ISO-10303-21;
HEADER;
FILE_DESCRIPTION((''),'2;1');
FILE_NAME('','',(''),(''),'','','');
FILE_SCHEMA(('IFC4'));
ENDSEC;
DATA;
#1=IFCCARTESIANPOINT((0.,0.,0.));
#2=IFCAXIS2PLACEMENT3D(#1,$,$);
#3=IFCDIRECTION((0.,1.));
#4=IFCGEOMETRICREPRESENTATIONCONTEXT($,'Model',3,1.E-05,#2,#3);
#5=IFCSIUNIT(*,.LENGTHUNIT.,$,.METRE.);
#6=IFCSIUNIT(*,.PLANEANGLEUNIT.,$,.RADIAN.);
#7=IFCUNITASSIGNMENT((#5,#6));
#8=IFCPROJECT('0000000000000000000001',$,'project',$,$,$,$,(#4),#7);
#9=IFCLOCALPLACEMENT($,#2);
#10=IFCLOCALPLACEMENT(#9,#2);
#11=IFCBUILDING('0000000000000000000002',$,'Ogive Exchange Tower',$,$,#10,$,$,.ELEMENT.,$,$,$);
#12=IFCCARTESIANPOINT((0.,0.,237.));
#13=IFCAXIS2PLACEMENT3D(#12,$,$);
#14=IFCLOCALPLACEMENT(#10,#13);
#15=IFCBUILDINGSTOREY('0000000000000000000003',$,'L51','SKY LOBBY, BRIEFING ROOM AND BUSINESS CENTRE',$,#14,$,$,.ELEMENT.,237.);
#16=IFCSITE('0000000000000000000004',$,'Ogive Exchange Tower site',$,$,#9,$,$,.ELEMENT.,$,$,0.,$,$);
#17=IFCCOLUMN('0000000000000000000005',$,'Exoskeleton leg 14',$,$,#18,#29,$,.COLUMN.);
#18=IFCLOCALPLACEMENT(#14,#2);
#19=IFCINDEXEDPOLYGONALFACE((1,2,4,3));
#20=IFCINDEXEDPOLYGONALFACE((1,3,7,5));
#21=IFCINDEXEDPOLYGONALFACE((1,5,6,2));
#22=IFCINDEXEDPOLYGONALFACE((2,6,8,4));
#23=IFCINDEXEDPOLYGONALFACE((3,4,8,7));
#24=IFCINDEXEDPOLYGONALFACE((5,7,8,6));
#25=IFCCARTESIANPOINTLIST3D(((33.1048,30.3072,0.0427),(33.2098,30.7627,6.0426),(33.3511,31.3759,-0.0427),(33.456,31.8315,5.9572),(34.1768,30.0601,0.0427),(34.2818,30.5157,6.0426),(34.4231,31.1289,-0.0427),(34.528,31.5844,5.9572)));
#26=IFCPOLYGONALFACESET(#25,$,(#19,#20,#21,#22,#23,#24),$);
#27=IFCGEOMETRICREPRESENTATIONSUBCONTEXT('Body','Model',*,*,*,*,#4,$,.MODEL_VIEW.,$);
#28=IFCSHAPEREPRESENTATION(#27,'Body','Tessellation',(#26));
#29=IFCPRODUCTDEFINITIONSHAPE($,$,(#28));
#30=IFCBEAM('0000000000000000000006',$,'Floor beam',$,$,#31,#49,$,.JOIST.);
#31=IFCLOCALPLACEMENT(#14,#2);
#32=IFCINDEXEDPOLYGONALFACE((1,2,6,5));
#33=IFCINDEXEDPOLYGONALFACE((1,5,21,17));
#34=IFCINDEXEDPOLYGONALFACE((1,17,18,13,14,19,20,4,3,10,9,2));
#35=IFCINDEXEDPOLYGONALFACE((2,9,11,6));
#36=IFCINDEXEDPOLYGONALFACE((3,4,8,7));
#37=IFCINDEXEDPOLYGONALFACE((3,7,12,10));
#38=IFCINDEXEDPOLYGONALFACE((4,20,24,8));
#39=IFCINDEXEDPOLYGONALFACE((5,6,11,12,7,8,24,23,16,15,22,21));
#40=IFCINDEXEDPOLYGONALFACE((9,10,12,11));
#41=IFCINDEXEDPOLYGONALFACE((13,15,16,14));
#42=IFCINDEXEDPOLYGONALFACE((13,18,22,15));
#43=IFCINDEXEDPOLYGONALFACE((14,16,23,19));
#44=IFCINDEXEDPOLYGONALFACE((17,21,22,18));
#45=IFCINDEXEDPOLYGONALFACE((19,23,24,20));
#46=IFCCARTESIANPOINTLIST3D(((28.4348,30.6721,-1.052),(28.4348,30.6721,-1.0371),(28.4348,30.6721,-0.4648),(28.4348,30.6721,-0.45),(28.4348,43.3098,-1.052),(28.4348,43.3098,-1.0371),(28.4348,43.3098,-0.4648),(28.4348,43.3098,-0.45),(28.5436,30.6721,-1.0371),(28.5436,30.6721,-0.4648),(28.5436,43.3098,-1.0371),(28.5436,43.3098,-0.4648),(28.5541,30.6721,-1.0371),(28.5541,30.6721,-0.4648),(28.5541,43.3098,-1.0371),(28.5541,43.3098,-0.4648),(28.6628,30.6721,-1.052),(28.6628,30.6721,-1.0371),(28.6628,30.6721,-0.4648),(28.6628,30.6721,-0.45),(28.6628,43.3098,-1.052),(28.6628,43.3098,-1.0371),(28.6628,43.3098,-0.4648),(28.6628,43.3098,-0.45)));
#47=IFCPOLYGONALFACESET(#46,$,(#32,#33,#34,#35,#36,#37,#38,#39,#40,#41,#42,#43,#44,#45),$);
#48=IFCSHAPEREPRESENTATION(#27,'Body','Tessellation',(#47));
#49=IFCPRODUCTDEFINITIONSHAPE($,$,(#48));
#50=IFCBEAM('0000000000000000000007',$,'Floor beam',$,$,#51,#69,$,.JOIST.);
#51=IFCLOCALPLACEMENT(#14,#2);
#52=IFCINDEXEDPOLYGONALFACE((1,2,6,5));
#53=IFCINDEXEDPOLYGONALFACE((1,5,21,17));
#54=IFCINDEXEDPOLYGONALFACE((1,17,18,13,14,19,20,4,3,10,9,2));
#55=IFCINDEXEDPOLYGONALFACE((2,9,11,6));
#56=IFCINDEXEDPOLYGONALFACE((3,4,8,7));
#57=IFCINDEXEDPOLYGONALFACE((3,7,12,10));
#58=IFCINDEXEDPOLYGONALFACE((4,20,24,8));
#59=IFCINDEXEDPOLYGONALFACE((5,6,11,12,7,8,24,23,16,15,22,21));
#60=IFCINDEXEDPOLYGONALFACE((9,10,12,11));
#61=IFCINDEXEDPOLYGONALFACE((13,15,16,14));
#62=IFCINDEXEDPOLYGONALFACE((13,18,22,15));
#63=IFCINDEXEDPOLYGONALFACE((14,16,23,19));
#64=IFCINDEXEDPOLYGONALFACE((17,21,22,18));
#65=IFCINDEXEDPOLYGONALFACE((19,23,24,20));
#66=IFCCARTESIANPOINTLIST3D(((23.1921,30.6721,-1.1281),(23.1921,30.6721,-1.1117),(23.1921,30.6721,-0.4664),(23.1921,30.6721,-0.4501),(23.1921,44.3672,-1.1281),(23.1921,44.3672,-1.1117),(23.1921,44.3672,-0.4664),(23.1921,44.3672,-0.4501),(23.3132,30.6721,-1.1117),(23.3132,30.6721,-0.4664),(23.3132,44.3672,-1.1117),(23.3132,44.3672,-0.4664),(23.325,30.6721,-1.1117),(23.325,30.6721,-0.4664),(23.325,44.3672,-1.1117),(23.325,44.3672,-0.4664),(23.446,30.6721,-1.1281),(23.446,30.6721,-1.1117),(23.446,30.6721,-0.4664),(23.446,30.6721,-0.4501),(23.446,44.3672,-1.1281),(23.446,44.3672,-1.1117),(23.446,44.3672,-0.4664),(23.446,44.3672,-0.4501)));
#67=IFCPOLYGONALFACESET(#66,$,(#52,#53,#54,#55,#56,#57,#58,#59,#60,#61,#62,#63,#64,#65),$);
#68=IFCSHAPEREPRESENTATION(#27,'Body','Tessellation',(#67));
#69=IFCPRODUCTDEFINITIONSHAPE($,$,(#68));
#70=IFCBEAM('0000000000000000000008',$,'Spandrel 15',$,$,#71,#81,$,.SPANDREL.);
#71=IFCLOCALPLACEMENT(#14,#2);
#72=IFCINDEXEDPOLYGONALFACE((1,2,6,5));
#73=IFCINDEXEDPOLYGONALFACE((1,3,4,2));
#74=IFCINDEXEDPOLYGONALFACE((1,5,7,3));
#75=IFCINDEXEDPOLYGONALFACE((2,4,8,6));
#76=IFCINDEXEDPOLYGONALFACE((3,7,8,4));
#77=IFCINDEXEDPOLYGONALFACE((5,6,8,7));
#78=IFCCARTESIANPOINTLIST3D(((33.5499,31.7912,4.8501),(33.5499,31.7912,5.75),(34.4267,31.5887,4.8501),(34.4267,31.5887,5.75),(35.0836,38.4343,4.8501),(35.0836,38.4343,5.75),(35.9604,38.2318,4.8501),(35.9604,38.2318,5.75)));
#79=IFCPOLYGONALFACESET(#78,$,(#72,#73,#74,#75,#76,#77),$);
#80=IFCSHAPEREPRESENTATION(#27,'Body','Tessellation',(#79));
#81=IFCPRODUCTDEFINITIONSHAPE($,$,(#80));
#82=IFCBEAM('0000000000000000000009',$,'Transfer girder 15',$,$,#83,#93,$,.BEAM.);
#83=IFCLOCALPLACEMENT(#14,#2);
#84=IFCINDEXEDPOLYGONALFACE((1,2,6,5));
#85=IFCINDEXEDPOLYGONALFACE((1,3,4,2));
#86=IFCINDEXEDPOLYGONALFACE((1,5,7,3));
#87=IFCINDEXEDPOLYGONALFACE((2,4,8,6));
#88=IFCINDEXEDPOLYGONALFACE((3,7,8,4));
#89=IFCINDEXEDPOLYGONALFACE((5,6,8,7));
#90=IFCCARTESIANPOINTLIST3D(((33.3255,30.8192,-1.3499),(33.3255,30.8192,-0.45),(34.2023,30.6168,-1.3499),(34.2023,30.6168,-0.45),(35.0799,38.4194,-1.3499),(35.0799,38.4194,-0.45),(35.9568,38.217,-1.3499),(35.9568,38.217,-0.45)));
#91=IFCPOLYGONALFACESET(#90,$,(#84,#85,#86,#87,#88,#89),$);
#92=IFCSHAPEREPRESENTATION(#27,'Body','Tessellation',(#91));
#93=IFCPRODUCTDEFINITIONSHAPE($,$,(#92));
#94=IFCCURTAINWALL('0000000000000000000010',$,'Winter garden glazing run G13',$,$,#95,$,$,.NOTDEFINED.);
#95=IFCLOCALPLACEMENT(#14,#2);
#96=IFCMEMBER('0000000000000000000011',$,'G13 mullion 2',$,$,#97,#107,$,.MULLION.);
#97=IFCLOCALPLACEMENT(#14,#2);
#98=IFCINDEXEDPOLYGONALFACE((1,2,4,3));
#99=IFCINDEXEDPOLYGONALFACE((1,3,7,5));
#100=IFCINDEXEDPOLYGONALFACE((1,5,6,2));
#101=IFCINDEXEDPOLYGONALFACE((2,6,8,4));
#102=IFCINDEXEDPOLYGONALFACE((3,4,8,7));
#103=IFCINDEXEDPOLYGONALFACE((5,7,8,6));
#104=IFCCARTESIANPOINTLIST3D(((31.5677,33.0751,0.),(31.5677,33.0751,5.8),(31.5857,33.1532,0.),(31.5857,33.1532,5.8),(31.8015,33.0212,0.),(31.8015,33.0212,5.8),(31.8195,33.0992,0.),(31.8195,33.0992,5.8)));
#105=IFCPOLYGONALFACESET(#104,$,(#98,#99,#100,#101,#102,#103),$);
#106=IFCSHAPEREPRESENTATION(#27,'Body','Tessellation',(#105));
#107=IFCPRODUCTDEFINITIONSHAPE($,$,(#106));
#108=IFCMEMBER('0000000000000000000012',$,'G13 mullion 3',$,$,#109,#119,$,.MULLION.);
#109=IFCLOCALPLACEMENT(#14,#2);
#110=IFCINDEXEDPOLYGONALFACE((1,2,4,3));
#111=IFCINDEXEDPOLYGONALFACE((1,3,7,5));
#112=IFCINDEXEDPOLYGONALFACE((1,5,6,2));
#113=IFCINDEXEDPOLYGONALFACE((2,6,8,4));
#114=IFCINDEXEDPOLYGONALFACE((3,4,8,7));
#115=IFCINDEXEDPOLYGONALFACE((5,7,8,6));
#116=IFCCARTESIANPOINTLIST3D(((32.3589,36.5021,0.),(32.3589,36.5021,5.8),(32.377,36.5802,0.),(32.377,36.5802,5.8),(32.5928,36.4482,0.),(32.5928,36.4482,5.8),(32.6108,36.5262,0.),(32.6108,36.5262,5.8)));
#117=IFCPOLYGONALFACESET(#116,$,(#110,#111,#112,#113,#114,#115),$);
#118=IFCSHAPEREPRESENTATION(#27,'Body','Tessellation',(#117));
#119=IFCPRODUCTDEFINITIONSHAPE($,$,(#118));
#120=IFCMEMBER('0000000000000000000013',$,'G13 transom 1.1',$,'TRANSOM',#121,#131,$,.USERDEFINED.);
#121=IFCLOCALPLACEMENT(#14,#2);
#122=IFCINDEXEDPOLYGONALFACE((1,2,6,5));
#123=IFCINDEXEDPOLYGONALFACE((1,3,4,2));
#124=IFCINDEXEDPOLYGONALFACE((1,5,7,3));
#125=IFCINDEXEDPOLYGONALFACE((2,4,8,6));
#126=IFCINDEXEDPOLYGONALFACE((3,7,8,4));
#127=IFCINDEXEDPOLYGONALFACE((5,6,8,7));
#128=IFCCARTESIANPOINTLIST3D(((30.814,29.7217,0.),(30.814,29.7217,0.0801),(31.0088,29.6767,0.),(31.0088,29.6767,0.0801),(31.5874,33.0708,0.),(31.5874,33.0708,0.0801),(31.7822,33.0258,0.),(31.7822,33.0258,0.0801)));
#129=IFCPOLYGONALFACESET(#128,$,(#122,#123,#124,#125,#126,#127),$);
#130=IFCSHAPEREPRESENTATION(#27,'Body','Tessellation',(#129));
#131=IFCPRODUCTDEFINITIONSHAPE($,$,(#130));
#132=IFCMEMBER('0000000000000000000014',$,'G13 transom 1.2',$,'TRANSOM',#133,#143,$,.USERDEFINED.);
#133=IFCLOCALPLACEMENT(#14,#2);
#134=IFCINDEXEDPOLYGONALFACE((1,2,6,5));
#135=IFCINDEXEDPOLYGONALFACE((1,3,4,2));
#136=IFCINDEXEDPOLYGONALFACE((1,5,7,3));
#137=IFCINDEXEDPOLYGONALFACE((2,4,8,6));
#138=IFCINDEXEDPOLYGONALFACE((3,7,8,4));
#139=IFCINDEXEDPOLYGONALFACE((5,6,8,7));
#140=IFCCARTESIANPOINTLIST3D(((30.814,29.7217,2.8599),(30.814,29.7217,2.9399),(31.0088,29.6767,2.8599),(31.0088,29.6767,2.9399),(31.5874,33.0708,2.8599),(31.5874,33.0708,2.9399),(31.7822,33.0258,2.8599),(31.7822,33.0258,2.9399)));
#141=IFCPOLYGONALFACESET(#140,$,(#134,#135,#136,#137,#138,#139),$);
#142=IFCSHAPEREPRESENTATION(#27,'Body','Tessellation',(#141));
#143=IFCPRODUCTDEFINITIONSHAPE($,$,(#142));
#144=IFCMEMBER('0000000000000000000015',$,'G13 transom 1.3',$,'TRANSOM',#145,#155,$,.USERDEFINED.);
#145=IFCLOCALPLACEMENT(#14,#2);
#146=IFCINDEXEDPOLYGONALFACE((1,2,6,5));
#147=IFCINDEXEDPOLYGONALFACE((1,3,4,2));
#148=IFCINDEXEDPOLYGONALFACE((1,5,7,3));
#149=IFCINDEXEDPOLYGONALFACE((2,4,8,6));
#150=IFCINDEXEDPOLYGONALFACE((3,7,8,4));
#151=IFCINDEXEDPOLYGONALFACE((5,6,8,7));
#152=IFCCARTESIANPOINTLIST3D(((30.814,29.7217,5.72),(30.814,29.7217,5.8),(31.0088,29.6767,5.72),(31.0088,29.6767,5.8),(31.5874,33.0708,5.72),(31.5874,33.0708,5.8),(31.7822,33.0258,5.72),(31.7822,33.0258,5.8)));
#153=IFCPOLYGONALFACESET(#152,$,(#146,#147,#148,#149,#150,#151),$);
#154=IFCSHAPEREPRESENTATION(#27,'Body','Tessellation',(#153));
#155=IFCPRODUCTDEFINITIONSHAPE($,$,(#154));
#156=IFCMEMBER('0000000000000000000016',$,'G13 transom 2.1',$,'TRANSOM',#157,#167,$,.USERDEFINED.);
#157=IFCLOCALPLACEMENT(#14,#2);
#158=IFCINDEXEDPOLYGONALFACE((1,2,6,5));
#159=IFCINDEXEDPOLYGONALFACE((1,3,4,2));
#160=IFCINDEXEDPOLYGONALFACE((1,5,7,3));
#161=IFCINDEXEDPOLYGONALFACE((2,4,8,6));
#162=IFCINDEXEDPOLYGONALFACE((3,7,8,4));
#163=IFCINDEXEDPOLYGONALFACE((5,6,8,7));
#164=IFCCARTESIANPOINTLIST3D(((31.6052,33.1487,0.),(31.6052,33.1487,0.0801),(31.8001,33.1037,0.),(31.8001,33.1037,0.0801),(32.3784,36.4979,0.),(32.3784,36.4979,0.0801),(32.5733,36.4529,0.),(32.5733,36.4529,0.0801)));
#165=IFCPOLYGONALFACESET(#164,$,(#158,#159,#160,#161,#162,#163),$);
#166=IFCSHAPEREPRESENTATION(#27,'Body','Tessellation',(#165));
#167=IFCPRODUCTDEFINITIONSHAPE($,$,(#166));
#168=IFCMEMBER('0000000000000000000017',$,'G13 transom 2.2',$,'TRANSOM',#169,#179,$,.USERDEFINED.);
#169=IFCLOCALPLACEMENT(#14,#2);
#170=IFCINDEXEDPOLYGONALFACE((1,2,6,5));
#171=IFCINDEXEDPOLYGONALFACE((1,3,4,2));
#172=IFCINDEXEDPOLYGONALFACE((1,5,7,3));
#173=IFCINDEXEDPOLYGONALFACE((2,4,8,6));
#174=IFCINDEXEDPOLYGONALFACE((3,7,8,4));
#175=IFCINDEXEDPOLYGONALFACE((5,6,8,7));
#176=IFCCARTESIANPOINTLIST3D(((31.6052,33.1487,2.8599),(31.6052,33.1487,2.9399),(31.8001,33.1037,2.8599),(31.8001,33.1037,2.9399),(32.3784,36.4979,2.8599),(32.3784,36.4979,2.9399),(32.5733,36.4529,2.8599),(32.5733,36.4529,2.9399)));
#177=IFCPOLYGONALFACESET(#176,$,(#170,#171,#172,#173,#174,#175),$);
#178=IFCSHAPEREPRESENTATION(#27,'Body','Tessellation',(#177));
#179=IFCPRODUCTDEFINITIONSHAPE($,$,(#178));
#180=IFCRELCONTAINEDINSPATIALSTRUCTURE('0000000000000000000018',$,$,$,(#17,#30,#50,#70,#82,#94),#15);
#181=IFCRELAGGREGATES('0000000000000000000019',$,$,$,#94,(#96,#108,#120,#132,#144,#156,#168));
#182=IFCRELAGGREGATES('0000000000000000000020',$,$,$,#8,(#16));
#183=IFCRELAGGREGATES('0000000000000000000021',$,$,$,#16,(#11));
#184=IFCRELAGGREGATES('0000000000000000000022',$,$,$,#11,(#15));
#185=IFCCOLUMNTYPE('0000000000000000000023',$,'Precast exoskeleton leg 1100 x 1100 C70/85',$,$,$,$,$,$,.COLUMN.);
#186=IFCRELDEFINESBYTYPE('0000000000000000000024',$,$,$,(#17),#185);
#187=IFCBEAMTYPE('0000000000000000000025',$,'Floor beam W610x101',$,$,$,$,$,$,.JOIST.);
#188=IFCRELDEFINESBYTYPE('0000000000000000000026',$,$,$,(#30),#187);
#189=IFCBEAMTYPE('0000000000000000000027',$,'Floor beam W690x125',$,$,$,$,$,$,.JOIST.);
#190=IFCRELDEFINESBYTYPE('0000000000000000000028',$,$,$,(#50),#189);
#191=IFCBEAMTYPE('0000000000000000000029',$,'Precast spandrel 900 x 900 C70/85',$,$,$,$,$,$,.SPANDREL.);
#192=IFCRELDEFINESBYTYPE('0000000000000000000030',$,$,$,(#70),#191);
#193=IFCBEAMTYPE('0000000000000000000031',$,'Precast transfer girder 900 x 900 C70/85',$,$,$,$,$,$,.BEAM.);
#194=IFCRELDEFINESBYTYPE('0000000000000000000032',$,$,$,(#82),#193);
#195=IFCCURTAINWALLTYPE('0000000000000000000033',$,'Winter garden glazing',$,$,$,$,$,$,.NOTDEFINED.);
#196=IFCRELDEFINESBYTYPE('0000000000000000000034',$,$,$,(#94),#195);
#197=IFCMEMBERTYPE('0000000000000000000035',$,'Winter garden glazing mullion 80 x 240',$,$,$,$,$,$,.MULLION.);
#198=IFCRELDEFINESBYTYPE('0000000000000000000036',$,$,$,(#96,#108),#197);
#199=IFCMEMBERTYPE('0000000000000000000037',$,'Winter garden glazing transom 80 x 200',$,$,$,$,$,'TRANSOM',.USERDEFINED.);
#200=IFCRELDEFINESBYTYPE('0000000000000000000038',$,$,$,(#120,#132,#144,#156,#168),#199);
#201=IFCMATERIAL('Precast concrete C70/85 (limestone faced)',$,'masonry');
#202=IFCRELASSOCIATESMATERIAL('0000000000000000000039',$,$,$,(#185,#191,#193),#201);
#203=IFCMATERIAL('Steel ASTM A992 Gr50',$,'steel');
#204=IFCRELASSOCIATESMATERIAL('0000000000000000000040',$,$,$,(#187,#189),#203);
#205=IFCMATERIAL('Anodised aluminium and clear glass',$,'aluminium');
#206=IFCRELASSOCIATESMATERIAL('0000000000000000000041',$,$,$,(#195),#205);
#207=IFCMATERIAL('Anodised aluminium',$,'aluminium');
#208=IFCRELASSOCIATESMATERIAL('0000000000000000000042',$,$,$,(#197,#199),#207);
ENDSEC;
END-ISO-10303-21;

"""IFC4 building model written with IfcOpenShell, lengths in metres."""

from ifc_helpers import new_model, si_unit, direction, frame, origin, origin_2d, place, context, subcontext, project, spatial, rectangle, i_section, extrude, material, material_profile, profile_set, type_object, element, aggregate, save


model = new_model("IFC4")

# Units and contexts
model_context = context("Model", 3, precision=1e-05, world=origin(), true_north=direction((0.0, 1.0)))
body_context = subcontext(model_context, "Body", "Model", "MODEL_VIEW")
ifc_project = project(units=[si_unit("LENGTHUNIT", "METRE"), si_unit("PLANEANGLEUNIT", "RADIAN")], contexts=[model_context])

# Site, building, storey
site_placement = place(None, origin())
site = spatial("IfcSite", under=ifc_project, at=site_placement, Name="Ogive Exchange Tower site", CompositionType="ELEMENT", RefElevation=0.0)
building_placement = place(site_placement, origin())
building = spatial("IfcBuilding", under=site, at=building_placement, Name="Ogive Exchange Tower", CompositionType="ELEMENT")
storey_placement = place(building_placement, frame((0.0, 0.0, 237.0)))
storey = spatial("IfcBuildingStorey", under=building, at=storey_placement, Name="L51", Description="SKY LOBBY, BRIEFING ROOM AND BUSINESS CENTRE", CompositionType="ELEMENT", Elevation=237.0)

# Column
ifc_material_1 = material(Name="Precast concrete C70/85 (limestone faced)", Category="masonry")
ifc_material_profile_1 = material_profile(ifc_material_1, rectangle(XDim=1.1001, YDim=1.1001, at=origin_2d()), Name="1100 x 1100")
ifc_profile_set_1 = profile_set([ifc_material_profile_1], Name="Precast concrete C70/85 (limestone faced)")
column_type = type_object("IfcColumnType", Name="Precast exoskeleton leg 1100 x 1100 C70/85", PredefinedType="COLUMN", material=ifc_profile_set_1)
column_placement = place(storey_placement, frame((33.7639, 30.718, 0.0), z_axis=(0.017444, 0.075698, 0.996978), x_axis=(-0.974462, 0.224554, 0.0)))
element("IfcColumn", 1, at=column_placement, inside=storey, type_object=column_type, Name="Exoskeleton leg 14", PredefinedType="COLUMN", context=body_context, shape_type="SweptSolid", body=[
    extrude(rectangle(XDim=1.1001, YDim=1.1001, at=origin_2d()), origin(), (0.0, 0.0, 1.0), 6.0181),
])

# Beams
ifc_material_2 = material(Name="Steel ASTM A992 Gr50", Category="steel")
ifc_material_profile_2 = material_profile(ifc_material_2, i_section(OverallWidth=0.228, OverallDepth=0.6021, WebThickness=0.0105, FlangeThickness=0.0149, at=origin_2d()), Name="W610x101")
ifc_profile_set_2 = profile_set([ifc_material_profile_2], Name="Steel ASTM A992 Gr50")
beam_type_1 = type_object("IfcBeamType", Name="Floor beam W610x101", PredefinedType="JOIST", material=ifc_profile_set_2)
beam_1_placement = place(storey_placement, frame((28.5488, 30.6721, -0.751), z_axis=(0.0, 1.0, 0.0), x_axis=(-1.0, 0.0, 0.0)))
element("IfcBeam", 2, at=beam_1_placement, inside=storey, type_object=beam_type_1, Name="Floor beam", PredefinedType="JOIST", context=body_context, shape_type="SweptSolid", body=[
    extrude(i_section(OverallWidth=0.228, OverallDepth=0.6021, WebThickness=0.0105, FlangeThickness=0.0149, at=origin_2d()), origin(), (0.0, 0.0, 1.0), 12.6377),
])
ifc_material_profile_3 = material_profile(ifc_material_2, i_section(OverallWidth=0.2539, OverallDepth=0.678, WebThickness=0.0117, FlangeThickness=0.0164, at=origin_2d()), Name="W690x125")
ifc_profile_set_3 = profile_set([ifc_material_profile_3], Name="Steel ASTM A992 Gr50")
beam_type_2 = type_object("IfcBeamType", Name="Floor beam W690x125", PredefinedType="JOIST", material=ifc_profile_set_3)
beam_2_placement = place(storey_placement, frame((23.3191, 30.6721, -0.7891), z_axis=(0.0, 1.0, 0.0), x_axis=(-1.0, 0.0, 0.0)))
element("IfcBeam", 3, at=beam_2_placement, inside=storey, type_object=beam_type_2, Name="Floor beam", PredefinedType="JOIST", context=body_context, shape_type="SweptSolid", body=[
    extrude(i_section(OverallWidth=0.2539, OverallDepth=0.678, WebThickness=0.0117, FlangeThickness=0.0164, at=origin_2d()), origin(), (0.0, 0.0, 1.0), 13.6951),
])
ifc_material_profile_4 = material_profile(ifc_material_1, rectangle(XDim=0.8999, YDim=0.8999, at=origin_2d()), Name="900 x 900")
ifc_profile_set_4 = profile_set([ifc_material_profile_4], Name="Precast concrete C70/85 (limestone faced)")
beam_type_3 = type_object("IfcBeamType", Name="Precast spandrel 900 x 900 C70/85", PredefinedType="SPANDREL", material=ifc_profile_set_4)
beam_3_placement = place(storey_placement, frame((33.9883, 31.6899, 5.3), z_axis=(0.224954, 0.974369, 0.0), x_axis=(-0.974369, 0.224954, 0.0)))
element("IfcBeam", 4, at=beam_3_placement, inside=storey, type_object=beam_type_3, Name="Spandrel 15", PredefinedType="SPANDREL", context=body_context, shape_type="SweptSolid", body=[
    extrude(rectangle(XDim=0.8999, YDim=0.8999, at=origin_2d()), origin(), (0.0, 0.0, 1.0), 6.8179),
])
ifc_material_profile_5 = material_profile(ifc_material_1, rectangle(XDim=0.8999, YDim=0.8999, at=origin_2d()), Name="900 x 900")
ifc_profile_set_5 = profile_set([ifc_material_profile_5], Name="Precast concrete C70/85 (limestone faced)")
beam_type_4 = type_object("IfcBeamType", Name="Precast transfer girder 900 x 900 C70/85", PredefinedType="BEAM", material=ifc_profile_set_5)
beam_4_placement = place(storey_placement, frame((33.7639, 30.718, -0.8999), z_axis=(0.224924, 0.974376, 0.0), x_axis=(-0.974376, 0.224924, 0.0)))
element("IfcBeam", 5, at=beam_4_placement, inside=storey, type_object=beam_type_4, Name="Transfer girder 15", PredefinedType="BEAM", context=body_context, shape_type="SweptSolid", body=[
    extrude(rectangle(XDim=0.8999, YDim=0.8999, at=origin_2d()), origin(), (0.0, 0.0, 1.0), 7.8),
])

# Curtain wall, members
ifc_material_3 = material(Name="Anodised aluminium and clear glass", Category="aluminium")
curtain_wall_type = type_object("IfcCurtainWallType", Name="Winter garden glazing", PredefinedType="NOTDEFINED", material=ifc_material_3)
curtain_wall_placement = place(storey_placement, origin())
curtain_wall = element("IfcCurtainWall", 6, at=curtain_wall_placement, inside=storey, type_object=curtain_wall_type, Name="Winter garden glazing run G13", PredefinedType="NOTDEFINED")
ifc_material_4 = material(Name="Anodised aluminium", Category="aluminium")
ifc_material_profile_6 = material_profile(ifc_material_4, rectangle(XDim=0.24, YDim=0.0801, at=origin_2d()), Name="AL 80x240")
ifc_profile_set_6 = profile_set([ifc_material_profile_6], Name="Anodised aluminium")
member_type_1 = type_object("IfcMemberType", Name="Winter garden glazing mullion 80 x 240", PredefinedType="MULLION", material=ifc_profile_set_6)
member_1_placement = place(storey_placement, frame((31.6936, 33.0872, 0.0), z_axis=(0.0, 0.0, 1.0), x_axis=(-0.974369, 0.224954, 0.0)))
member_1 = element("IfcMember", 7, at=member_1_placement, type_object=member_type_1, Name="G13 mullion 2", PredefinedType="MULLION", context=body_context, shape_type="SweptSolid", body=[
    extrude(rectangle(XDim=0.24, YDim=0.0801, at=origin_2d()), origin(), (0.0, 0.0, 1.0), 5.8),
])
member_2_placement = place(storey_placement, frame((32.4849, 36.5142, 0.0), z_axis=(0.0, 0.0, 1.0), x_axis=(-0.974369, 0.224954, 0.0)))
member_2 = element("IfcMember", 8, at=member_2_placement, type_object=member_type_1, Name="G13 mullion 3", PredefinedType="MULLION", context=body_context, shape_type="SweptSolid", body=[
    extrude(rectangle(XDim=0.24, YDim=0.0801, at=origin_2d()), origin(), (0.0, 0.0, 1.0), 5.8),
])
ifc_material_profile_7 = material_profile(ifc_material_4, rectangle(XDim=0.2, YDim=0.0801, at=origin_2d()), Name="AL 80x200")
ifc_profile_set_7 = profile_set([ifc_material_profile_7], Name="Anodised aluminium")
member_type_2 = type_object("IfcMemberType", Name="Winter garden glazing transom 80 x 200", ElementType="TRANSOM", PredefinedType="USERDEFINED", material=ifc_profile_set_7)
member_3_placement = place(storey_placement, frame((30.9114, 29.6992, 0.04), z_axis=(0.225015, 0.974355, 0.0), x_axis=(-0.974355, 0.225015, 0.0)))
member_3 = element("IfcMember", 9, at=member_3_placement, type_object=member_type_2, Name="G13 transom 1.1", ObjectType="TRANSOM", PredefinedType="USERDEFINED", context=body_context, shape_type="SweptSolid", body=[
    extrude(rectangle(XDim=0.2, YDim=0.0801, at=origin_2d()), origin(), (0.0, 0.0, 1.0), 3.4373),
])
member_4_placement = place(storey_placement, frame((30.9114, 29.6992, 2.8999), z_axis=(0.225015, 0.974355, 0.0), x_axis=(-0.974355, 0.225015, 0.0)))
member_4 = element("IfcMember", 10, at=member_4_placement, type_object=member_type_2, Name="G13 transom 1.2", ObjectType="TRANSOM", PredefinedType="USERDEFINED", context=body_context, shape_type="SweptSolid", body=[
    extrude(rectangle(XDim=0.2, YDim=0.0801, at=origin_2d()), origin(), (0.0, 0.0, 1.0), 3.4373),
])
member_5_placement = place(storey_placement, frame((30.9114, 29.6992, 5.76), z_axis=(0.225015, 0.974355, 0.0), x_axis=(-0.974355, 0.225015, 0.0)))
member_5 = element("IfcMember", 11, at=member_5_placement, type_object=member_type_2, Name="G13 transom 1.3", ObjectType="TRANSOM", PredefinedType="USERDEFINED", context=body_context, shape_type="SweptSolid", body=[
    extrude(rectangle(XDim=0.2, YDim=0.0801, at=origin_2d()), origin(), (0.0, 0.0, 1.0), 3.4373),
])
member_6_placement = place(storey_placement, frame((31.7026, 33.1262, 0.04), z_axis=(0.224948, 0.974371, 0.0), x_axis=(-0.974371, 0.224948, 0.0)))
member_6 = element("IfcMember", 12, at=member_6_placement, type_object=member_type_2, Name="G13 transom 2.1", ObjectType="TRANSOM", PredefinedType="USERDEFINED", context=body_context, shape_type="SweptSolid", body=[
    extrude(rectangle(XDim=0.2, YDim=0.0801, at=origin_2d()), origin(), (0.0, 0.0, 1.0), 3.4373),
])
member_7_placement = place(storey_placement, frame((31.7026, 33.1262, 2.8999), z_axis=(0.224948, 0.974371, 0.0), x_axis=(-0.974371, 0.224948, 0.0)))
member_7 = element("IfcMember", 13, at=member_7_placement, type_object=member_type_2, Name="G13 transom 2.2", ObjectType="TRANSOM", PredefinedType="USERDEFINED", context=body_context, shape_type="SweptSolid", body=[
    extrude(rectangle(XDim=0.2, YDim=0.0801, at=origin_2d()), origin(), (0.0, 0.0, 1.0), 3.4373),
])
aggregate(curtain_wall, [member_1, member_2, member_3, member_4, member_5, member_6, member_7])

save(model, "model.ifc")
